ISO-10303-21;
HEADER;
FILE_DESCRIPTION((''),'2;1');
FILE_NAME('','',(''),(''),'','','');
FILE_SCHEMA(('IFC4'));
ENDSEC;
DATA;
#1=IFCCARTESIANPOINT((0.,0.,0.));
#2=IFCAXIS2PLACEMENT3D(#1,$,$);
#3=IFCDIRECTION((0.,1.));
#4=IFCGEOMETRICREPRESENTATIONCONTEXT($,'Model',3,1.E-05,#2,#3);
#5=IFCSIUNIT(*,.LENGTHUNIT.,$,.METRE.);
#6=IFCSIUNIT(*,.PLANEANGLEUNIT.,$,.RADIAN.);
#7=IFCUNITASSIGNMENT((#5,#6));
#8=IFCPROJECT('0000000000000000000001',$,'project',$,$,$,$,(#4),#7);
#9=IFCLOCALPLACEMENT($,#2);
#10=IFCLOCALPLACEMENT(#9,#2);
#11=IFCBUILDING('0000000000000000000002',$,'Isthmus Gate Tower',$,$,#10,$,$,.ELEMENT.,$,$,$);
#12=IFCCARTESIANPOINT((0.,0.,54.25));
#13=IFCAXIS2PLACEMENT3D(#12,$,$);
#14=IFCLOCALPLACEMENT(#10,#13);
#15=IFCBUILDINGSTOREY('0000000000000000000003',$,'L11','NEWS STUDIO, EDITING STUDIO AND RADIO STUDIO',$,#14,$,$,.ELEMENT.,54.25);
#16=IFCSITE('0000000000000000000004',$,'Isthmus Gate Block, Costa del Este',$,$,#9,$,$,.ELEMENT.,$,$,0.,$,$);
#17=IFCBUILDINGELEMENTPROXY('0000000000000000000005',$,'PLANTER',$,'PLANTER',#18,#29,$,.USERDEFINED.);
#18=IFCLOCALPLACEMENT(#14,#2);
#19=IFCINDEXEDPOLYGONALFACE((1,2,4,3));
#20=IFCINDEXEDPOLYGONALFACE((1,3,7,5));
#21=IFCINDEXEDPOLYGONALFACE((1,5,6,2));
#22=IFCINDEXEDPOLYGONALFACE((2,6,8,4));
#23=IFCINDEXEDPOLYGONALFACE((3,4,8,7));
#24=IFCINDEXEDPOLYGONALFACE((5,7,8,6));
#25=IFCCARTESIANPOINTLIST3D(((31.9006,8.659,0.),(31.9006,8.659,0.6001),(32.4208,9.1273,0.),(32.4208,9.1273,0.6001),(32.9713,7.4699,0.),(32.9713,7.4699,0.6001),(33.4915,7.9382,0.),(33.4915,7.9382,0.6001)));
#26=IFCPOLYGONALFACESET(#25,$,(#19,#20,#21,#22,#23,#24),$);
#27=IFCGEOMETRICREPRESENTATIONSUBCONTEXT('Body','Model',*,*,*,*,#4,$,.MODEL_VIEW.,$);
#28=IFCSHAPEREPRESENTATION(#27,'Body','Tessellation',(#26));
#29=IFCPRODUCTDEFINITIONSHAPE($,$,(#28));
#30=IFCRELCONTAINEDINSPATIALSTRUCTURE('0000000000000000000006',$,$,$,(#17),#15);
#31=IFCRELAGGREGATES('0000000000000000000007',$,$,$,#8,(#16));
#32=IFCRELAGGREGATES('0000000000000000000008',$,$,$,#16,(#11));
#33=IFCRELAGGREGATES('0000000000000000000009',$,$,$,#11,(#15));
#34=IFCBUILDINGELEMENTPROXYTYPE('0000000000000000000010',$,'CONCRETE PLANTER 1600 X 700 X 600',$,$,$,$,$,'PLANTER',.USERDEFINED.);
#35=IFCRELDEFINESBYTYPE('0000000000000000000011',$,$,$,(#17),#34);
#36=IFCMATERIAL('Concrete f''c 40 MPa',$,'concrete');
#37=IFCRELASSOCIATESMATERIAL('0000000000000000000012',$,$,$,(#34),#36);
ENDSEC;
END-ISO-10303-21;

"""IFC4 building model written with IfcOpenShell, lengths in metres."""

from ifc_helpers import new_model, si_unit, direction, frame, origin, origin_2d, place, context, subcontext, project, spatial, rectangle, extrude, material, type_object, element, save


model = new_model("IFC4")

# Units and contexts
model_context = context("Model", 3, precision=1e-05, world=origin(), true_north=direction((0.0, 1.0)))
body_context = subcontext(model_context, "Body", "Model", "MODEL_VIEW")
ifc_project = project(units=[si_unit("LENGTHUNIT", "METRE"), si_unit("PLANEANGLEUNIT", "RADIAN")], contexts=[model_context])

# Site, building, storey
site_placement = place(None, origin())
site = spatial("IfcSite", under=ifc_project, at=site_placement, Name="Isthmus Gate Block, Costa del Este", CompositionType="ELEMENT", RefElevation=0.0)
building_placement = place(site_placement, origin())
building = spatial("IfcBuilding", under=site, at=building_placement, Name="Isthmus Gate Tower", CompositionType="ELEMENT")
storey_placement = place(building_placement, frame((0.0, 0.0, 54.25)))
storey = spatial("IfcBuildingStorey", under=building, at=storey_placement, Name="L11", Description="NEWS STUDIO, EDITING STUDIO AND RADIO STUDIO", CompositionType="ELEMENT", Elevation=54.25)

# Building element proxy
ifc_material_1 = material(Name="Concrete f'c 40 MPa", Category="concrete")
building_element_proxy_type = type_object("IfcBuildingElementProxyType", Name="CONCRETE PLANTER 1600 X 700 X 600", ElementType="PLANTER", PredefinedType="USERDEFINED", material=ifc_material_1)
for number, where, z_axis, x_axis, name in (
    (1, (32.696, 8.2986, 0.0), (0.0, 0.0, 1.0), (-0.669131, 0.743145, 0.0), "PLANTER"),
):
    element("IfcBuildingElementProxy", number, at=place(storey_placement, frame(where, z_axis=z_axis, x_axis=x_axis)), inside=storey, type_object=building_element_proxy_type, Name=name, ObjectType="PLANTER", PredefinedType="USERDEFINED", context=body_context, shape_type="SweptSolid", body=[
        extrude(rectangle(XDim=1.6001, YDim=0.7, at=origin_2d()), origin(), (0.0, 0.0, 1.0), 0.6001),
    ])

save(model, "model.ifc")
